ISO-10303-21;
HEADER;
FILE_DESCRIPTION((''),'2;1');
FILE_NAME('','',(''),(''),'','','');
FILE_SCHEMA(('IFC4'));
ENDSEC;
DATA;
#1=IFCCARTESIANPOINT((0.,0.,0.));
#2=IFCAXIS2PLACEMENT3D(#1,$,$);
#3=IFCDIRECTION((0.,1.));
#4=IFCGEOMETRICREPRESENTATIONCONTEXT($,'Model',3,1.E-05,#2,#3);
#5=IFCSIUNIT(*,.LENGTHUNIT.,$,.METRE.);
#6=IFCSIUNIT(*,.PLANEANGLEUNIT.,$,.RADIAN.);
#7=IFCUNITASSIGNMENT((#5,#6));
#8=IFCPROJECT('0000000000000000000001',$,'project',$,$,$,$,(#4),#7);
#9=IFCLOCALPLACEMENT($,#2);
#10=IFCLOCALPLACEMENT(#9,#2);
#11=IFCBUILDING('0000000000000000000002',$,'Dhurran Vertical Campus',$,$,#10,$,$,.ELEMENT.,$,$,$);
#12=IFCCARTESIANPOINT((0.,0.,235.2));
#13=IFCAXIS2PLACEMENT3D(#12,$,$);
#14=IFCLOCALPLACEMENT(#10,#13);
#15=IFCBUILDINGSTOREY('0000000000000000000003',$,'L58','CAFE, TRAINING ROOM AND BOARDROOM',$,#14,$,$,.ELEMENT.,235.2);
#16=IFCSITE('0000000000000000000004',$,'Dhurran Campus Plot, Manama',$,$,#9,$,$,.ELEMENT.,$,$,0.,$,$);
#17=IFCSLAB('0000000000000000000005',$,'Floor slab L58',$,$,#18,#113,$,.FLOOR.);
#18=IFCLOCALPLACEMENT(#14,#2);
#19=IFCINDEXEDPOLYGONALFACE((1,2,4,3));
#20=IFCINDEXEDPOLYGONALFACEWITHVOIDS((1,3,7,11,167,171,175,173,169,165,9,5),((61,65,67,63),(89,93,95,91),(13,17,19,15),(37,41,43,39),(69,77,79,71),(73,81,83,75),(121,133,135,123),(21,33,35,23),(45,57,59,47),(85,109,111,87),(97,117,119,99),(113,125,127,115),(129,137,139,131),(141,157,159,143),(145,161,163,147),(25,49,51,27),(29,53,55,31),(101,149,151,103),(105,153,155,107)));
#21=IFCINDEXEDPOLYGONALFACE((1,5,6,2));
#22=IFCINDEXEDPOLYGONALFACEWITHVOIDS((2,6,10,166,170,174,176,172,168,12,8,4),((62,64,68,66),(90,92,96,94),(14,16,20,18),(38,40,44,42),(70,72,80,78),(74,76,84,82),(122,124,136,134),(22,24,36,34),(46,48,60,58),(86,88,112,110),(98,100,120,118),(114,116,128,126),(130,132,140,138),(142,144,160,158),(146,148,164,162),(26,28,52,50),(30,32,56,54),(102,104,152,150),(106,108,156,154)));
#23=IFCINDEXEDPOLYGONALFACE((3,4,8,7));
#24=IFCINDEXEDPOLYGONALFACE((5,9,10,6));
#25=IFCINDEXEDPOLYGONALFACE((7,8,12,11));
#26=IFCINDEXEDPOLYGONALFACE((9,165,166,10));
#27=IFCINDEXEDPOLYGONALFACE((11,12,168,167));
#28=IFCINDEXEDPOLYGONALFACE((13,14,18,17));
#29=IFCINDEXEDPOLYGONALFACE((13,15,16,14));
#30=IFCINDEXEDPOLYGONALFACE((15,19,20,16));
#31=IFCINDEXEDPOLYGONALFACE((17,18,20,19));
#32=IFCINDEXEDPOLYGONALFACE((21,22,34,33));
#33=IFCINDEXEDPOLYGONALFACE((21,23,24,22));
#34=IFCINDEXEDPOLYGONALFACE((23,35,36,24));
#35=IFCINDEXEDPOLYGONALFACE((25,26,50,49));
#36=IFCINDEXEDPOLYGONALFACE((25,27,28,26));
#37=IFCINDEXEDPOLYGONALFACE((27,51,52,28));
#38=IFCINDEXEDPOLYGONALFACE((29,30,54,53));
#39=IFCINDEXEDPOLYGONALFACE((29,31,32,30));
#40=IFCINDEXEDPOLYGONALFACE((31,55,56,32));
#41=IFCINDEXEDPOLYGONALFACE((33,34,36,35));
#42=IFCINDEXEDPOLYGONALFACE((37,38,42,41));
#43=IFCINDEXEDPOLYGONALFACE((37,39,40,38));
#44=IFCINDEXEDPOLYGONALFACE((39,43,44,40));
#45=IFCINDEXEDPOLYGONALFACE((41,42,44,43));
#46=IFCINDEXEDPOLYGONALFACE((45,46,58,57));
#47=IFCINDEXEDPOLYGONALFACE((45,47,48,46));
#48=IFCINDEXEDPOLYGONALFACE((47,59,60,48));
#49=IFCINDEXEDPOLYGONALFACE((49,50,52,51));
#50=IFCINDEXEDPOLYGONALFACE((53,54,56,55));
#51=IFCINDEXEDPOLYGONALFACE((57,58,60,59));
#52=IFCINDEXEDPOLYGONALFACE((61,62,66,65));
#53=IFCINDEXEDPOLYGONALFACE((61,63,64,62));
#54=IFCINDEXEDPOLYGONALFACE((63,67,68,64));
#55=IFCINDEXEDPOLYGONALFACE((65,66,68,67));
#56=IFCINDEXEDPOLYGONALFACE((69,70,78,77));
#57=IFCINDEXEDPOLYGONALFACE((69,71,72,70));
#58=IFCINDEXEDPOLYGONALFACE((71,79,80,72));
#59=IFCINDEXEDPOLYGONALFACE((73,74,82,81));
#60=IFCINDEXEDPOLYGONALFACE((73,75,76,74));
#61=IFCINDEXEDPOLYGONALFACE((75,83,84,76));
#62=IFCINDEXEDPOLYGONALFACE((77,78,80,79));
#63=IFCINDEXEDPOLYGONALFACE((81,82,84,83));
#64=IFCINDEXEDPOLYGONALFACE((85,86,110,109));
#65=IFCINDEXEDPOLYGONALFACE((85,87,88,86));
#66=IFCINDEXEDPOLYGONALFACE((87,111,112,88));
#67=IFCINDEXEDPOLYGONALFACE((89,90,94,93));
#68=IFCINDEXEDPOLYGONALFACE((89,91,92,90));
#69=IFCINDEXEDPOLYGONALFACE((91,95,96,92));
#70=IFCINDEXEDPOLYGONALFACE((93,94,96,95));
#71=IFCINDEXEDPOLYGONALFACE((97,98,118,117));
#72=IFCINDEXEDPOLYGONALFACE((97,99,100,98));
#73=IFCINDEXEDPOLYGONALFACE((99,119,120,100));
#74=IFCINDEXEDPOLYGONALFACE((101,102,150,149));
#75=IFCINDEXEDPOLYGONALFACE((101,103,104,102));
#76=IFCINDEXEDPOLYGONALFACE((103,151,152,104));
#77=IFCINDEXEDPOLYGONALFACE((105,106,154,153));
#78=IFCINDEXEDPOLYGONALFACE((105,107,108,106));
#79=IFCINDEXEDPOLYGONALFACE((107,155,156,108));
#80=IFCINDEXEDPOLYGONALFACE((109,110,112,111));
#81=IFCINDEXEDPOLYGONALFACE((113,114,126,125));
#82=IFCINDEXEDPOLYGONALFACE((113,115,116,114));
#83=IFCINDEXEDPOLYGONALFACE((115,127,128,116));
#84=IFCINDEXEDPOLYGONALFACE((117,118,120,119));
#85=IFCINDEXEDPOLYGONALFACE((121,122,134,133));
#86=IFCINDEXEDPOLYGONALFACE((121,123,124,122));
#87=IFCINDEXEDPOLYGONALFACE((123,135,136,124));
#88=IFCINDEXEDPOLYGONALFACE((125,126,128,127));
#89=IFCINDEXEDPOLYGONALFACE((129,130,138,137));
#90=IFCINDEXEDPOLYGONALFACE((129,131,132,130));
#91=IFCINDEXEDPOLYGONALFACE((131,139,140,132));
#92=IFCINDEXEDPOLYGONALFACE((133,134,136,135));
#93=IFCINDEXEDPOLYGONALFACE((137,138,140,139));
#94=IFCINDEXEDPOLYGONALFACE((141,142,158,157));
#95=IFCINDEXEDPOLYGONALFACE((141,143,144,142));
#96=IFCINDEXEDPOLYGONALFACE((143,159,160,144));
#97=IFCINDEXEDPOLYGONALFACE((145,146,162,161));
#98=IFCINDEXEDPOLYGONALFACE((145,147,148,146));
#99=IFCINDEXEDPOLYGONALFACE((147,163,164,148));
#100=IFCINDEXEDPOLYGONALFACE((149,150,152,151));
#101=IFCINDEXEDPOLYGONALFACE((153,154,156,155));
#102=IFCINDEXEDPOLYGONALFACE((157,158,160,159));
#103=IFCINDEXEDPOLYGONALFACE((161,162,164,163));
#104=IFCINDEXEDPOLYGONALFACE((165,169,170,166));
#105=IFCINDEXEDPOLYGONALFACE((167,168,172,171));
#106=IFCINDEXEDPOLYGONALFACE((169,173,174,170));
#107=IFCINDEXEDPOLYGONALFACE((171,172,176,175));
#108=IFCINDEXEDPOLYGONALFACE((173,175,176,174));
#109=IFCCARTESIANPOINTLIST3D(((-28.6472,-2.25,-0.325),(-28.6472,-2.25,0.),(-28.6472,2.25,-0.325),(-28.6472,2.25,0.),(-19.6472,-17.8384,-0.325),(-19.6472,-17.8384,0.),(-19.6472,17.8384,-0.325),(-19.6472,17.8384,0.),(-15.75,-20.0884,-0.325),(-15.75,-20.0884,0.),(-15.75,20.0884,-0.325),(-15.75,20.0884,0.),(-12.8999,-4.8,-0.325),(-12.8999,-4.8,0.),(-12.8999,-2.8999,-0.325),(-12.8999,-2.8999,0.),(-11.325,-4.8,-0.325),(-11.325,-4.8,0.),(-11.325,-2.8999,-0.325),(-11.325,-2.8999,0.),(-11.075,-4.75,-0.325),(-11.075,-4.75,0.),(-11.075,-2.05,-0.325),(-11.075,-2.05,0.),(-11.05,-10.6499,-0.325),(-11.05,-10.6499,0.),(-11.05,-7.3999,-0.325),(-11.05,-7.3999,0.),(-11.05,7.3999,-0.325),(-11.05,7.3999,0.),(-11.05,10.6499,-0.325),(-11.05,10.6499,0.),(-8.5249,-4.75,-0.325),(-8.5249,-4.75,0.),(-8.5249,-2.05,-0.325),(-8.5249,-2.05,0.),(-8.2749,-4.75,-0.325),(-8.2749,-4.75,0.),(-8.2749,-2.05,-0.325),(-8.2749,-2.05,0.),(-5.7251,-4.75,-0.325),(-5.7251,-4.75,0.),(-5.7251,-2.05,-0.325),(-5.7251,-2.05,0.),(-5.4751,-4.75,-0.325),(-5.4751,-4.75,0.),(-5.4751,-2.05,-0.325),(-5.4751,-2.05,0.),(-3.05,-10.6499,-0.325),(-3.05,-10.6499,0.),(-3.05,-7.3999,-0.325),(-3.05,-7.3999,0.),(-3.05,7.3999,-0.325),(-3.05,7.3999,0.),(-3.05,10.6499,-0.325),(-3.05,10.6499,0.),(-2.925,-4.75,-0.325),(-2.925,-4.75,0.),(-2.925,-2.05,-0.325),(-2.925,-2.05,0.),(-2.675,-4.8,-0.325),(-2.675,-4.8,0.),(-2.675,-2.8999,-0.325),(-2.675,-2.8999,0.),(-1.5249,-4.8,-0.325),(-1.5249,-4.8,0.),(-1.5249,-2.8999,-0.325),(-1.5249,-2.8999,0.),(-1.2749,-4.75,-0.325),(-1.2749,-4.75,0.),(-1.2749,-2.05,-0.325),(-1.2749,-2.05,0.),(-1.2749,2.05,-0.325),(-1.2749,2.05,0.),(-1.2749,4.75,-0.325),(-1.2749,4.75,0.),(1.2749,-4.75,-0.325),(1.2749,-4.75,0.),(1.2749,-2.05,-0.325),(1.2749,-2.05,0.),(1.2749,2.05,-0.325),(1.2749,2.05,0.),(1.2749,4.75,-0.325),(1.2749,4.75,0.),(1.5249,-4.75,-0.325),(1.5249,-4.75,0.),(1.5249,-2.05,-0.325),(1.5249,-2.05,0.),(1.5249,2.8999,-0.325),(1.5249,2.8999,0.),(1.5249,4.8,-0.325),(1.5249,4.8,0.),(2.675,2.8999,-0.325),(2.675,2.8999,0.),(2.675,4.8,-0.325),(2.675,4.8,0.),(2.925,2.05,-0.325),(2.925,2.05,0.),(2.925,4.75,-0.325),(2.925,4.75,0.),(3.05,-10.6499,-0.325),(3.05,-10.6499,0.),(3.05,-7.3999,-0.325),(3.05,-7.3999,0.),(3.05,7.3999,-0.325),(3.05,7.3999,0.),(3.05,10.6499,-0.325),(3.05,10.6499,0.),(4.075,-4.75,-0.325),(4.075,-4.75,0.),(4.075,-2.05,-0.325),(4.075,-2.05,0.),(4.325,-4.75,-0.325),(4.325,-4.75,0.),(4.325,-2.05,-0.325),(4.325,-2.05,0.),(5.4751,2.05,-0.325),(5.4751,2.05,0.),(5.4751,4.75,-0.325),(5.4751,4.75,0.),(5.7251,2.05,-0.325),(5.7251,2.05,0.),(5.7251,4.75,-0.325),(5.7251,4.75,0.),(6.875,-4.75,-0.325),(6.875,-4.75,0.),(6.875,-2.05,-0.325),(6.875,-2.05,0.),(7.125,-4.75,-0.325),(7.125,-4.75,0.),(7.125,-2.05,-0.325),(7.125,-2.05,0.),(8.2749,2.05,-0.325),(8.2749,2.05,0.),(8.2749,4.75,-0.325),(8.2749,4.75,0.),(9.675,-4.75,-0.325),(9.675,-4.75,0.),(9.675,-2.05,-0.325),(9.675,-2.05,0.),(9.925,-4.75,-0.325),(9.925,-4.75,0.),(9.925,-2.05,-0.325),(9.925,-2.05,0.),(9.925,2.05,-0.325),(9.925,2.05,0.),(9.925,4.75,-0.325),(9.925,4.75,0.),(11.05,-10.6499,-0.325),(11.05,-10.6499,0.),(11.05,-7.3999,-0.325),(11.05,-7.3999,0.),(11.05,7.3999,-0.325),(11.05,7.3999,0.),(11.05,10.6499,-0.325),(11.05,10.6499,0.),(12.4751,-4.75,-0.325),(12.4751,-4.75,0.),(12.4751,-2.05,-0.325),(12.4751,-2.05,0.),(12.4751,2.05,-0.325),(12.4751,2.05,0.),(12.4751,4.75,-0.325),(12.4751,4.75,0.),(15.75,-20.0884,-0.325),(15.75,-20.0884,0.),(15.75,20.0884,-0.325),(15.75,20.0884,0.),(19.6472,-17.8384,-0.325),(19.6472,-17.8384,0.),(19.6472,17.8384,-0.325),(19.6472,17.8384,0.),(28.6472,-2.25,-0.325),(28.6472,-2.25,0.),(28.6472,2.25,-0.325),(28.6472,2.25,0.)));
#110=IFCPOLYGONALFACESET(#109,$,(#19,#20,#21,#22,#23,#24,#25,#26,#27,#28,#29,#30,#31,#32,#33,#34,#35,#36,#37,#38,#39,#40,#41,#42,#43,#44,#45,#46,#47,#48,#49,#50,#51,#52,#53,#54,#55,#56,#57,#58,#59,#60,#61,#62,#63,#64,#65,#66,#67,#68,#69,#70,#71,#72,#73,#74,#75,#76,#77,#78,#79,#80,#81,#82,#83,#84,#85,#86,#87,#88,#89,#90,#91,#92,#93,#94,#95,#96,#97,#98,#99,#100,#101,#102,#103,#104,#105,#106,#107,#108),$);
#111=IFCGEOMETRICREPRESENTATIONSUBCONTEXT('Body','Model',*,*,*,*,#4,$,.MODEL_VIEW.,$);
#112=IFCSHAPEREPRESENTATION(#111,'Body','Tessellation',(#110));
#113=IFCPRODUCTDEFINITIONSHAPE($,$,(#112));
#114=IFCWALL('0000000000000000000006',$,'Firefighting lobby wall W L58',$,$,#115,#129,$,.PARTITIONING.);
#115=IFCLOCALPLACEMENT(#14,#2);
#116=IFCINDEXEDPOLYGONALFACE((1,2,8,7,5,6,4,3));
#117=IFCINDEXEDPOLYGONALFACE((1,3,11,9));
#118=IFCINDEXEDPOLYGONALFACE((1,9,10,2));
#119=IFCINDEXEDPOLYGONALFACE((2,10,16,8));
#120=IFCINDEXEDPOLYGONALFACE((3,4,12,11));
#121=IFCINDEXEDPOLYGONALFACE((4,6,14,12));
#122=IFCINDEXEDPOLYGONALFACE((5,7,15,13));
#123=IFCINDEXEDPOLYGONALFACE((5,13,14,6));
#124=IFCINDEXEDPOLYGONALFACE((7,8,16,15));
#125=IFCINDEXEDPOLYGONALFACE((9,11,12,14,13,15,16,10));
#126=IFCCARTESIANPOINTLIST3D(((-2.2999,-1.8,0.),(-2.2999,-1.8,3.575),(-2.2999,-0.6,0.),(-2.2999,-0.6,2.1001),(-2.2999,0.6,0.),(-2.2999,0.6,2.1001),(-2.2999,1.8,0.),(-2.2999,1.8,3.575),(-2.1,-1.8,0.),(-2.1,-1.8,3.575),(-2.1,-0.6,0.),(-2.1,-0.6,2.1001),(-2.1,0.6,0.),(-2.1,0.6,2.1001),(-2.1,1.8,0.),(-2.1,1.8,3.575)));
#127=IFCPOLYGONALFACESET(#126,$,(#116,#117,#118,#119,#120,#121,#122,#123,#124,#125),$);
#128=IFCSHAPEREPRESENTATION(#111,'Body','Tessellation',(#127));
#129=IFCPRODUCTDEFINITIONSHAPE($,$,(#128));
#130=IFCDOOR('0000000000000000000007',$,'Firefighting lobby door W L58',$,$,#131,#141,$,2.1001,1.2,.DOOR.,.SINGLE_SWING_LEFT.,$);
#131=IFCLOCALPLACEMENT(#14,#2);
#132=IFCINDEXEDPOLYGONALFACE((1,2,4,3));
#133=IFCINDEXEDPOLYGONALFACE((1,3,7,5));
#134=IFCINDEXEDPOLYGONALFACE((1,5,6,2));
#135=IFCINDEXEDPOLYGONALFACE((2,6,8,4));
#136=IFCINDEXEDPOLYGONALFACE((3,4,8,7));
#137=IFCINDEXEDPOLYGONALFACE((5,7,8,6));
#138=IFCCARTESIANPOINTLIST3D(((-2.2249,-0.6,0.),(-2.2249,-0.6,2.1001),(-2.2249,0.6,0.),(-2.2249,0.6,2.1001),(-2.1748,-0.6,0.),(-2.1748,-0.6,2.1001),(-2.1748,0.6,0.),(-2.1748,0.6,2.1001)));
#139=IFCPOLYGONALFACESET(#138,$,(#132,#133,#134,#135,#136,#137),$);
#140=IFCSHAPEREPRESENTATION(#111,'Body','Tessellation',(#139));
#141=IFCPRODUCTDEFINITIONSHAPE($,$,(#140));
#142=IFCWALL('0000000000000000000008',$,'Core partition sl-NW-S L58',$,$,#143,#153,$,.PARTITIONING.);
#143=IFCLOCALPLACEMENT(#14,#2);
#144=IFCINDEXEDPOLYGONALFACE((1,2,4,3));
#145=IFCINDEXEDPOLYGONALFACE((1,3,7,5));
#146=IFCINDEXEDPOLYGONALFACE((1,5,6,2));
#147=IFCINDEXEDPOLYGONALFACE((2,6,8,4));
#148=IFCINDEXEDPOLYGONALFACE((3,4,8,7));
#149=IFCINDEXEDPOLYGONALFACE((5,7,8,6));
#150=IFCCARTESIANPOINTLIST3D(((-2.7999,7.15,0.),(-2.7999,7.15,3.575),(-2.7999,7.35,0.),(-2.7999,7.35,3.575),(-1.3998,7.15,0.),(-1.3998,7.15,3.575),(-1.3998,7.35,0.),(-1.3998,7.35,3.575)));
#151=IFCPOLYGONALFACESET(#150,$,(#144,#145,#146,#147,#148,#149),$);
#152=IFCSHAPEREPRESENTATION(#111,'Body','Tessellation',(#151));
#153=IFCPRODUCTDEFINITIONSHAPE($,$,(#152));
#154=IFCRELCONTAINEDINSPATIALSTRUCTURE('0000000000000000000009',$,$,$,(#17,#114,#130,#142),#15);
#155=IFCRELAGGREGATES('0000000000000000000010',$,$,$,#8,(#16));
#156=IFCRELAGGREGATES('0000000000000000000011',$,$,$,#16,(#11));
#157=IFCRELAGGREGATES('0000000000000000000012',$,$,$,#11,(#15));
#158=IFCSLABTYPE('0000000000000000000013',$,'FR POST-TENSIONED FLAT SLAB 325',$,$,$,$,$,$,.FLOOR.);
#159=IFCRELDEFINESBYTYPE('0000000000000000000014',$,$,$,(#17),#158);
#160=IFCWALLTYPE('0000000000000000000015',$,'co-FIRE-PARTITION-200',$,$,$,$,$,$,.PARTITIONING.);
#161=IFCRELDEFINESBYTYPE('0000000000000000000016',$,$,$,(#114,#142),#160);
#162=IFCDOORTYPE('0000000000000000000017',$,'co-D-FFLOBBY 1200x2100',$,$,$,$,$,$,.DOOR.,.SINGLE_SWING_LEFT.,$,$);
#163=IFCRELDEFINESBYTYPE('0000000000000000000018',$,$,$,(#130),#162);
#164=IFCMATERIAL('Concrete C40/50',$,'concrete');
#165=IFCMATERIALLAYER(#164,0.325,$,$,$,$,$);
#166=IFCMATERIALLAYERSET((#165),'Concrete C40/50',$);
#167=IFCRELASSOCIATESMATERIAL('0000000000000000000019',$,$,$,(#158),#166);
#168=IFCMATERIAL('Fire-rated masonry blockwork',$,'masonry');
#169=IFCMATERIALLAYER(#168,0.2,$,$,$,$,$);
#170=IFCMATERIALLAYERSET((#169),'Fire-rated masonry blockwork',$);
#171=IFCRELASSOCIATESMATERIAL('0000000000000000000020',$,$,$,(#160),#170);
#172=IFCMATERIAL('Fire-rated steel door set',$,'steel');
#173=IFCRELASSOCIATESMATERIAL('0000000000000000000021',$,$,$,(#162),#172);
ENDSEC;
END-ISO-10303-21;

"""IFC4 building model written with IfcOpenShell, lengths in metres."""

from ifc_helpers import new_model, si_unit, direction, frame, frame_2d, origin, place, context, subcontext, project, spatial, polyline, rectangle, outline, extrude, material, layer, layer_set, type_object, element, fill, save


model = new_model("IFC4")

# Units and contexts
model_context = context("Model", 3, precision=1e-05, world=origin(), true_north=direction((0.0, 1.0)))
body_context = subcontext(model_context, "Body", "Model", "MODEL_VIEW")
ifc_project = project(units=[si_unit("LENGTHUNIT", "METRE"), si_unit("PLANEANGLEUNIT", "RADIAN")], contexts=[model_context])

# Site, building, storey
site_placement = place(None, origin())
site = spatial("IfcSite", under=ifc_project, at=site_placement, Name="Dhurran Campus Plot, Manama", CompositionType="ELEMENT", RefElevation=0.0)
building_placement = place(site_placement, origin())
building = spatial("IfcBuilding", under=site, at=building_placement, Name="Dhurran Vertical Campus", CompositionType="ELEMENT")
storey_placement = place(building_placement, frame((0.0, 0.0, 235.2)))
storey = spatial("IfcBuildingStorey", under=building, at=storey_placement, Name="L58", Description="CAFE, TRAINING ROOM AND BOARDROOM", CompositionType="ELEMENT", Elevation=235.2)

# Slab
ifc_material_1 = material(Name="Concrete C40/50", Category="concrete")
ifc_layer_1 = layer(ifc_material_1, 0.325)
ifc_layer_set_1 = layer_set([ifc_layer_1], Name="Concrete C40/50")
slab_type = type_object("IfcSlabType", Name="FR POST-TENSIONED FLAT SLAB 325", PredefinedType="FLOOR", material=ifc_layer_set_1)
slab_placement = place(storey_placement, frame((0.0, 0.0, -0.325)))
element("IfcSlab", 1, at=slab_placement, inside=storey, type_object=slab_type, Name="Floor slab L58", PredefinedType="FLOOR", context=body_context, shape_type="SweptSolid", body=[
    extrude(outline(polyline([(-15.75, -20.0884), (15.75, -20.0884), (19.6472, -17.8384), (28.6472, -2.25), (28.6472, 2.25), (19.6472, 17.8384), (15.75, 20.0884), (-15.75, 20.0884), (-19.6472, 17.8384), (-28.6472, 2.25), (-28.6472, -2.25), (-19.6472, -17.8384), (-15.75, -20.0884)]), holes=[polyline([(-1.2749, 2.05), (1.2749, 2.05), (1.2749, 4.75), (-1.2749, 4.75), (-1.2749, 2.05)]), polyline([(9.925, 2.05), (12.4751, 2.05), (12.4751, 4.75), (9.925, 4.75), (9.925, 2.05)]), polyline([(-1.2749, -4.75), (1.2749, -4.75), (1.2749, -2.05), (-1.2749, -2.05), (-1.2749, -4.75)]), polyline([(1.5249, -4.75), (4.075, -4.75), (4.075, -2.05), (1.5249, -2.05), (1.5249, -4.75)]), polyline([(4.325, -4.75), (6.875, -4.75), (6.875, -2.05), (4.325, -2.05), (4.325, -4.75)]), polyline([(7.125, -4.75), (9.675, -4.75), (9.675, -2.05), (7.125, -2.05), (7.125, -4.75)]), polyline([(9.925, -4.75), (12.4751, -4.75), (12.4751, -2.05), (9.925, -2.05), (9.925, -4.75)]), polyline([(2.925, 2.05), (5.4751, 2.05), (5.4751, 4.75), (2.925, 4.75), (2.925, 2.05)]), polyline([(5.7251, 2.05), (8.2749, 2.05), (8.2749, 4.75), (5.7251, 4.75), (5.7251, 2.05)]), polyline([(-11.075, -4.75), (-8.5249, -4.75), (-8.5249, -2.05), (-11.075, -2.05), (-11.075, -4.75)]), polyline([(-8.2749, -4.75), (-5.7251, -4.75), (-5.7251, -2.05), (-8.2749, -2.05), (-8.2749, -4.75)]), polyline([(-5.4751, -4.75), (-2.925, -4.75), (-2.925, -2.05), (-5.4751, -2.05), (-5.4751, -4.75)]), polyline([(-11.05, 7.3999), (-3.05, 7.3999), (-3.05, 10.6499), (-11.05, 10.6499), (-11.05, 7.3999)]), polyline([(3.05, 7.3999), (11.05, 7.3999), (11.05, 10.6499), (3.05, 10.6499), (3.05, 7.3999)]), polyline([(-11.05, -10.6499), (-3.05, -10.6499), (-3.05, -7.3999), (-11.05, -7.3999), (-11.05, -10.6499)]), polyline([(3.05, -10.6499), (11.05, -10.6499), (11.05, -7.3999), (3.05, -7.3999), (3.05, -10.6499)]), polyline([(2.675, 2.8999), (1.5249, 2.8999), (1.5249, 4.8), (2.675, 4.8), (2.675, 2.8999)]), polyline([(-12.8999, -2.8999), (-11.325, -2.8999), (-11.325, -4.8), (-12.8999, -4.8), (-12.8999, -2.8999)]), polyline([(-2.675, -2.8999), (-1.5249, -2.8999), (-1.5249, -4.8), (-2.675, -4.8), (-2.675, -2.8999)])]), origin(), (0.0, 0.0, 1.0), 0.325),
])

# Wall, opening, door
ifc_material_2 = material(Name="Fire-rated masonry blockwork", Category="masonry")
ifc_layer_2 = layer(ifc_material_2, 0.2)
ifc_layer_set_2 = layer_set([ifc_layer_2], Name="Fire-rated masonry blockwork")
wall_type_1 = type_object("IfcWallType", Name="co-FIRE-PARTITION-200", PredefinedType="PARTITIONING", material=ifc_layer_set_2)
wall_1_placement = place(storey_placement, frame((-2.2, -1.8, 0.0), z_axis=(0.0, 0.0, 1.0), x_axis=(0.0, 1.0, 0.0)))
wall_1 = element("IfcWall", 2, at=wall_1_placement, inside=storey, type_object=wall_type_1, Name="Firefighting lobby wall W L58", PredefinedType="PARTITIONING", context=body_context, shape_type="SweptSolid", body=[
    extrude(rectangle(XDim=3.6001, YDim=0.2, at=frame_2d((1.8, 0.0))), origin(), (0.0, 0.0, 1.0), 3.575),
])
opening_1_placement = place(wall_1_placement, frame((1.2, 0.0, 0.0)))
opening_1 = element("IfcOpeningElement", 3, at=opening_1_placement, cuts=wall_1, PredefinedType="OPENING", context=body_context, shape_type="SweptSolid", body=[
    extrude(rectangle(XDim=1.2, YDim=2.1001, at=frame_2d((0.6001, 1.05))), frame((0.0, 0.1099, 0.0), z_axis=(0.0, -1.0, 0.0), x_axis=(1.0, 0.0, 0.0)), (0.0, 0.0, 1.0), 0.22),
])
ifc_material_3 = material(Name="Fire-rated steel door set", Category="steel")
door_type_1 = type_object("IfcDoorType", Name="co-D-FFLOBBY 1200x2100", OperationType="SINGLE_SWING_LEFT", PredefinedType="DOOR", material=ifc_material_3)
door_1_placement = place(opening_1_placement, origin())
door_1 = element("IfcDoor", 4, at=door_1_placement, inside=storey, type_object=door_type_1, Name="Firefighting lobby door W L58", OperationType="SINGLE_SWING_LEFT", OverallHeight=2.1001, OverallWidth=1.2, PredefinedType="DOOR", context=body_context, shape_type="SweptSolid", body=[
    extrude(rectangle(XDim=1.2, YDim=2.1001, at=frame_2d((0.6001, 1.05))), frame((0.0, 0.0249, 0.0), z_axis=(0.0, -1.0, 0.0), x_axis=(1.0, 0.0, 0.0)), (0.0, 0.0, 1.0), 0.05),
])
fill(opening_1, door_1)

# Wall
wall_2_placement = place(storey_placement, frame((-2.8, 7.25, 0.0), z_axis=(0.0, 0.0, 1.0), x_axis=(1.0, 0.0, 0.0)))
element("IfcWall", 5, at=wall_2_placement, inside=storey, type_object=wall_type_1, Name="Core partition sl-NW-S L58", PredefinedType="PARTITIONING", context=body_context, shape_type="SweptSolid", body=[
    extrude(rectangle(XDim=1.4001, YDim=0.2, at=frame_2d((0.7002, 0.0))), origin(), (0.0, 0.0, 1.0), 3.575),
])

save(model, "model.ifc")
